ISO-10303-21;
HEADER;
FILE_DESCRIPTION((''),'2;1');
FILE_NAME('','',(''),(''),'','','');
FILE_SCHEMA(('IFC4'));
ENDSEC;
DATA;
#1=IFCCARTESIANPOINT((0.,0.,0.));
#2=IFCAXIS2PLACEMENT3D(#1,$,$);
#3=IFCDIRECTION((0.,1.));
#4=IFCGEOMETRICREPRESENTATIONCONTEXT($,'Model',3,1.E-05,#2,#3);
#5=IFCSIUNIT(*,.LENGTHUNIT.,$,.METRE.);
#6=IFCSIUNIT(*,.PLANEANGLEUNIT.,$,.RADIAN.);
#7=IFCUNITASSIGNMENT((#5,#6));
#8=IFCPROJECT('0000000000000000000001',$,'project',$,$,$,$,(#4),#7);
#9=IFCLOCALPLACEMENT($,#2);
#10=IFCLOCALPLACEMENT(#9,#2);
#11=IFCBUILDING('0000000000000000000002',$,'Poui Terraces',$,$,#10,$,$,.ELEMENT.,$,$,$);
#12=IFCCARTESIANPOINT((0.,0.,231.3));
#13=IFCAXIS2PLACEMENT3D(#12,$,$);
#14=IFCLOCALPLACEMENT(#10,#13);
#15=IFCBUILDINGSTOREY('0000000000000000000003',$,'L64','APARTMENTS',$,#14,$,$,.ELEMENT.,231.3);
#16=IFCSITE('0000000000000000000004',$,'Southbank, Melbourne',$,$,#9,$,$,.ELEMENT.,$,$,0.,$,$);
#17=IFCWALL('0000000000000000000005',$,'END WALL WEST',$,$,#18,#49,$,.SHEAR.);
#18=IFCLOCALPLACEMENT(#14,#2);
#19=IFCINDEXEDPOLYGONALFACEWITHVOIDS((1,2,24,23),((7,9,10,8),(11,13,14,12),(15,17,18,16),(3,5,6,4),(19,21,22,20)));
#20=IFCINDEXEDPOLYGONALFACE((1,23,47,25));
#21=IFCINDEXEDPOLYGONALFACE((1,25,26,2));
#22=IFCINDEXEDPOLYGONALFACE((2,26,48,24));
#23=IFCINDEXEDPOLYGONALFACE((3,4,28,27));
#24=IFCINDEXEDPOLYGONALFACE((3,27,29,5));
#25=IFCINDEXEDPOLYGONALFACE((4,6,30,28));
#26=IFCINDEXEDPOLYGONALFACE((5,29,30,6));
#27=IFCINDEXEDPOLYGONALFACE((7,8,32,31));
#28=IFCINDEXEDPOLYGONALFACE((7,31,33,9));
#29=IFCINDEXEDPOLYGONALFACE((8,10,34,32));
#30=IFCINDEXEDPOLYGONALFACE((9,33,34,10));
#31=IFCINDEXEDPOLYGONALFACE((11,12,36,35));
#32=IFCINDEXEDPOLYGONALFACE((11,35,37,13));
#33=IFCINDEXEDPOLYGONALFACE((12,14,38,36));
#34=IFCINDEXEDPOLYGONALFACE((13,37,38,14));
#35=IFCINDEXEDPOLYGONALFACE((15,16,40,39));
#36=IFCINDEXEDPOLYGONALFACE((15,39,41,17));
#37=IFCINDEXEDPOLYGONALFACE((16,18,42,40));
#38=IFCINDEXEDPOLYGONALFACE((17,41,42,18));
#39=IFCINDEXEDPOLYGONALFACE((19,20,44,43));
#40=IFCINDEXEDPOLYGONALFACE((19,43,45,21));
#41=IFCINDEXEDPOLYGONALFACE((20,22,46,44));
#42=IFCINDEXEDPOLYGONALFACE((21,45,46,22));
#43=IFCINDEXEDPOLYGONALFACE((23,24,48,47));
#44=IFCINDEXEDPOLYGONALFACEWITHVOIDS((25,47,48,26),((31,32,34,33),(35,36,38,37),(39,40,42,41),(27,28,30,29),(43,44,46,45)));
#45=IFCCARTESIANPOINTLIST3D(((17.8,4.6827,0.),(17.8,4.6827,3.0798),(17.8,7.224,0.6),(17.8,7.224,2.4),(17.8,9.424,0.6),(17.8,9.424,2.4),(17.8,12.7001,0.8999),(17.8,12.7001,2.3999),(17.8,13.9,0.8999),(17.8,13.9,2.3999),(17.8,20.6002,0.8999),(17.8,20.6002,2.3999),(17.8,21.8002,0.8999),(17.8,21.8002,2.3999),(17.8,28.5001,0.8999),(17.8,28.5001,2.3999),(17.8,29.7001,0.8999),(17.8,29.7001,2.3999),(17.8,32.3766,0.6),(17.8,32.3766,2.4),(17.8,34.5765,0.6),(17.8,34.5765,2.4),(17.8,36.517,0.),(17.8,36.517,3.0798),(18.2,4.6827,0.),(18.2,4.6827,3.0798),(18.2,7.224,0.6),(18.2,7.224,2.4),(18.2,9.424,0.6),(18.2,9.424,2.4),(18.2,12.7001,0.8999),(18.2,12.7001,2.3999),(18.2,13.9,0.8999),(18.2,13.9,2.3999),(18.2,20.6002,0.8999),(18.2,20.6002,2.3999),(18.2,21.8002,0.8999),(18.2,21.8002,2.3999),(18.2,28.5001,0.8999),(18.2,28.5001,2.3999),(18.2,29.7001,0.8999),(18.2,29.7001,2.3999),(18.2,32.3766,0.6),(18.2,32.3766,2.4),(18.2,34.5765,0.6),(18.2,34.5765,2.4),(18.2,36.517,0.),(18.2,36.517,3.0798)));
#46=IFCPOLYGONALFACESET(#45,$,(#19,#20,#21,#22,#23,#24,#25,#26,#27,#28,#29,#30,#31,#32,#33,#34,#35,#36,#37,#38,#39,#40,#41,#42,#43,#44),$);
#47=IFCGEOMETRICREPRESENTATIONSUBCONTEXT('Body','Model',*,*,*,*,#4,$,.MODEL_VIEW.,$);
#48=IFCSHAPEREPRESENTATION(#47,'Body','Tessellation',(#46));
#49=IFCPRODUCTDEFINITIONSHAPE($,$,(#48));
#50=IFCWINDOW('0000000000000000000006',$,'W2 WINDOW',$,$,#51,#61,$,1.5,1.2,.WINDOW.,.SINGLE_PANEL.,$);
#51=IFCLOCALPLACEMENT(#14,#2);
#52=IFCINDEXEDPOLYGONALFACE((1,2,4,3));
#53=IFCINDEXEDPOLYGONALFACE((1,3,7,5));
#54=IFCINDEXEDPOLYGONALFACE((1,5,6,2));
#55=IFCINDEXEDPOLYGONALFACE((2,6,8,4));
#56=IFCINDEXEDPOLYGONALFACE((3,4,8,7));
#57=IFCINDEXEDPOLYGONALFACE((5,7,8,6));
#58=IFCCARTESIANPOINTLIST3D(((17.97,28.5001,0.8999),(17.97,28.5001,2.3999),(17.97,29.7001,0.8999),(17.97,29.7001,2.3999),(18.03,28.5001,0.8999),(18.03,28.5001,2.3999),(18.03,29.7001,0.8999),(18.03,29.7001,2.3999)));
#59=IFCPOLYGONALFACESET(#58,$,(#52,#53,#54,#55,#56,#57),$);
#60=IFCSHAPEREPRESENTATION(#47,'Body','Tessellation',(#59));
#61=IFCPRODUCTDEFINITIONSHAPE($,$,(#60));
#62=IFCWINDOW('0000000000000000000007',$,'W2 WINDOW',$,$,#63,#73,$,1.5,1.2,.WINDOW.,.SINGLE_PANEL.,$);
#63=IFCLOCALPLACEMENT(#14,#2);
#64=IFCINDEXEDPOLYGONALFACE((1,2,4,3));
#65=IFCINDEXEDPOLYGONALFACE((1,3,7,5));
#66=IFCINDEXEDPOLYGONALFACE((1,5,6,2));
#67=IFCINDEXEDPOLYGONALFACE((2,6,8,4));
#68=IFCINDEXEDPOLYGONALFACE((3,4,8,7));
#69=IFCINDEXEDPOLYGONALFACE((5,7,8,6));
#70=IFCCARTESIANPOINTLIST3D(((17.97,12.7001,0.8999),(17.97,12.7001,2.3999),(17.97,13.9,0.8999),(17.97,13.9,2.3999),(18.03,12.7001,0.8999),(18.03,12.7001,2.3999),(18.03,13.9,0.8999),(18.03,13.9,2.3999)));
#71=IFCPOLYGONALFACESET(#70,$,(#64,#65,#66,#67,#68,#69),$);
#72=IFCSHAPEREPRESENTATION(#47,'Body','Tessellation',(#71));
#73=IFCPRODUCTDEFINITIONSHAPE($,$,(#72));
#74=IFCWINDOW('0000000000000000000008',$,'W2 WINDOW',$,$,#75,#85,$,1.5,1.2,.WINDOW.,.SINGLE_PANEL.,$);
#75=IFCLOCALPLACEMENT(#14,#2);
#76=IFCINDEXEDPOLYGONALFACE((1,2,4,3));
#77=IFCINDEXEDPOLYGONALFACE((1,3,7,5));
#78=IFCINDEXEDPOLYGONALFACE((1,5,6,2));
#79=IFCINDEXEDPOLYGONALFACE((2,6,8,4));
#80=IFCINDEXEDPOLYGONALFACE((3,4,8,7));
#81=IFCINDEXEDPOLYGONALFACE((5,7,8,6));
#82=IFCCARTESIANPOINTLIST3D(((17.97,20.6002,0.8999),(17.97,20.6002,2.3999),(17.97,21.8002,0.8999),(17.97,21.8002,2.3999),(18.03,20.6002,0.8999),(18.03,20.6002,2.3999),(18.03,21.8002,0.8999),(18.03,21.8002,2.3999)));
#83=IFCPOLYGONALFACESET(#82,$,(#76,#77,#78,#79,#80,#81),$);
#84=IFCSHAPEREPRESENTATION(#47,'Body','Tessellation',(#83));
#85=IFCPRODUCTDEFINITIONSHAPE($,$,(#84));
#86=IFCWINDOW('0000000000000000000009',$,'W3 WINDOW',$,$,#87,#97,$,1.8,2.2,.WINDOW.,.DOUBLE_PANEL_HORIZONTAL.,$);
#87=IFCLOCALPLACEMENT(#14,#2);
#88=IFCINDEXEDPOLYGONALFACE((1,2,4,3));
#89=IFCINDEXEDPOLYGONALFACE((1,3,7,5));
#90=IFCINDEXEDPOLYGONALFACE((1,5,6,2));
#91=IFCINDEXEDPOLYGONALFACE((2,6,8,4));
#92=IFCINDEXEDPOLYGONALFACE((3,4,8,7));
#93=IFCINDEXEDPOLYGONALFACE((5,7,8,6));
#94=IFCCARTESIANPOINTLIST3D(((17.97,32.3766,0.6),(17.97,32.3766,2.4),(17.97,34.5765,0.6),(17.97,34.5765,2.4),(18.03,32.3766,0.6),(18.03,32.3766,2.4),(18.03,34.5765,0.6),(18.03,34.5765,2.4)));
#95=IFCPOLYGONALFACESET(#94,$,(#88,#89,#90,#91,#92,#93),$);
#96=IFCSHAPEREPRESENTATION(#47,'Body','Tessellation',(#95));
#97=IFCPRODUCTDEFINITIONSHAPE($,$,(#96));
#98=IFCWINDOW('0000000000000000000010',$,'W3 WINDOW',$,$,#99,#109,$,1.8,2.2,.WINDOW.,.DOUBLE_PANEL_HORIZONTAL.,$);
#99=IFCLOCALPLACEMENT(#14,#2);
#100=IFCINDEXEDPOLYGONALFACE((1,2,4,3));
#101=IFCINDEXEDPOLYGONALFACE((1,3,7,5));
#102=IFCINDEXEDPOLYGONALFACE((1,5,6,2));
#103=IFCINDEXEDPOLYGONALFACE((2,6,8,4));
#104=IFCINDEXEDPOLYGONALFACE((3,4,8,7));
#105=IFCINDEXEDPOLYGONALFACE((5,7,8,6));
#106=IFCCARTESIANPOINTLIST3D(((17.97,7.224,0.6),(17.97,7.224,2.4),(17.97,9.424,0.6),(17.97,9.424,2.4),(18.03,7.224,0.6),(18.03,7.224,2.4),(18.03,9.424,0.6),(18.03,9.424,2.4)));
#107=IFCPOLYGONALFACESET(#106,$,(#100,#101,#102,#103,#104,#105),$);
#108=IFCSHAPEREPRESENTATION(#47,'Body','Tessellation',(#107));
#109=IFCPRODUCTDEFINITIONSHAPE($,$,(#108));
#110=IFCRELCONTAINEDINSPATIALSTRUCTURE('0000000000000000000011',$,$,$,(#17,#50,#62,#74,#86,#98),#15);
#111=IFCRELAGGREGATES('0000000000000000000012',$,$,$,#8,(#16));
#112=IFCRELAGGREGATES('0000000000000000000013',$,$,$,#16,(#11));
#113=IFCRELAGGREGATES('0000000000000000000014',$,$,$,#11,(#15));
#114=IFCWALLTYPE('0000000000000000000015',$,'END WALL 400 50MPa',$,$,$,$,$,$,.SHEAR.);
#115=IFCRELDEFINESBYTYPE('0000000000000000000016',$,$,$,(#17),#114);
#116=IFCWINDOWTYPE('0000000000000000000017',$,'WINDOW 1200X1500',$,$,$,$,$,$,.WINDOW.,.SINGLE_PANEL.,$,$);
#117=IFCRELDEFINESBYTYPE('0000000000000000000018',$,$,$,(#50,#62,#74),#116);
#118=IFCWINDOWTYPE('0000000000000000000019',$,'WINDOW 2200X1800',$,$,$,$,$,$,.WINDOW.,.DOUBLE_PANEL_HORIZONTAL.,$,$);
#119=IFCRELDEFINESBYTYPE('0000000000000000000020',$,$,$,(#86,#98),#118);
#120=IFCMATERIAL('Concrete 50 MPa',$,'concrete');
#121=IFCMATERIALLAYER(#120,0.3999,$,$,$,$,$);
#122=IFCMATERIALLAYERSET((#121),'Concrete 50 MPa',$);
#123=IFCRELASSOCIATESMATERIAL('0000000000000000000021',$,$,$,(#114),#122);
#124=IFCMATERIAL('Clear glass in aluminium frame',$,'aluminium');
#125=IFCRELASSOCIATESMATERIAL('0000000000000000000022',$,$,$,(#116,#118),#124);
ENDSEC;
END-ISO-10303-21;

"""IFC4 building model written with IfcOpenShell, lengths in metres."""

from ifc_helpers import new_model, si_unit, direction, frame, frame_2d, origin, place, context, subcontext, project, spatial, rectangle, extrude, material, layer, layer_set, type_object, element, fill, save


model = new_model("IFC4")

# Units and contexts
model_context = context("Model", 3, precision=1e-05, world=origin(), true_north=direction((0.0, 1.0)))
body_context = subcontext(model_context, "Body", "Model", "MODEL_VIEW")
ifc_project = project(units=[si_unit("LENGTHUNIT", "METRE"), si_unit("PLANEANGLEUNIT", "RADIAN")], contexts=[model_context])

# Site, building, storey
site_placement = place(None, origin())
site = spatial("IfcSite", under=ifc_project, at=site_placement, Name="Southbank, Melbourne", CompositionType="ELEMENT", RefElevation=0.0)
building_placement = place(site_placement, origin())
building = spatial("IfcBuilding", under=site, at=building_placement, Name="Poui Terraces", CompositionType="ELEMENT")
storey_placement = place(building_placement, frame((0.0, 0.0, 231.3)))
storey = spatial("IfcBuildingStorey", under=building, at=storey_placement, Name="L64", Description="APARTMENTS", CompositionType="ELEMENT", Elevation=231.3)

# Shared definitions
ifc_material_1 = material(Name="Concrete 50 MPa", Category="concrete")

# Wall, openings, windows
ifc_layer_1 = layer(ifc_material_1, 0.3999)
ifc_layer_set_1 = layer_set([ifc_layer_1], Name="Concrete 50 MPa")
wall_type_1 = type_object("IfcWallType", Name="END WALL 400 50MPa", PredefinedType="SHEAR", material=ifc_layer_set_1)
wall_1_placement = place(storey_placement, frame((18.0, 4.6829, 0.0), z_axis=(0.0, 0.0, 1.0), x_axis=(0.0, 1.0, 0.0)))
wall_1 = element("IfcWall", 1, at=wall_1_placement, inside=storey, type_object=wall_type_1, Name="END WALL WEST", PredefinedType="SHEAR", context=body_context, shape_type="SweptSolid", body=[
    extrude(rectangle(XDim=31.8342, YDim=0.3999, at=frame_2d((15.917, 0.0))), origin(), (0.0, 0.0, 1.0), 3.0798),
])
opening_1_placement = place(wall_1_placement, frame((23.8171, 0.0, 0.8999)))
opening_1 = element("IfcOpeningElement", 2, at=opening_1_placement, cuts=wall_1, PredefinedType="OPENING", context=body_context, shape_type="SweptSolid", body=[
    extrude(rectangle(XDim=1.2, YDim=1.5, at=frame_2d((0.6001, 0.75))), frame((0.0, 0.21, 0.0), z_axis=(0.0, -1.0, 0.0), x_axis=(1.0, 0.0, 0.0)), (0.0, 0.0, 1.0), 0.4199),
])
opening_2_placement = place(wall_1_placement, frame((8.0171, 0.0, 0.8999)))
opening_2 = element("IfcOpeningElement", 3, at=opening_2_placement, cuts=wall_1, PredefinedType="OPENING", context=body_context, shape_type="SweptSolid", body=[
    extrude(rectangle(XDim=1.2, YDim=1.5, at=frame_2d((0.6001, 0.75))), frame((0.0, 0.21, 0.0), z_axis=(0.0, -1.0, 0.0), x_axis=(1.0, 0.0, 0.0)), (0.0, 0.0, 1.0), 0.4199),
])
opening_3_placement = place(wall_1_placement, frame((27.6936, 0.0, 0.6001)))
opening_3 = element("IfcOpeningElement", 4, at=opening_3_placement, cuts=wall_1, PredefinedType="OPENING", context=body_context, shape_type="SweptSolid", body=[
    extrude(rectangle(XDim=2.2, YDim=1.8, at=frame_2d((1.1001, 0.8999))), frame((0.0, 0.21, 0.0), z_axis=(0.0, -1.0, 0.0), x_axis=(1.0, 0.0, 0.0)), (0.0, 0.0, 1.0), 0.4199),
])
opening_4_placement = place(wall_1_placement, frame((2.541, 0.0, 0.6001)))
opening_4 = element("IfcOpeningElement", 5, at=opening_4_placement, cuts=wall_1, PredefinedType="OPENING", context=body_context, shape_type="SweptSolid", body=[
    extrude(rectangle(XDim=2.2, YDim=1.8, at=frame_2d((1.1001, 0.8999))), frame((0.0, 0.21, 0.0), z_axis=(0.0, -1.0, 0.0), x_axis=(1.0, 0.0, 0.0)), (0.0, 0.0, 1.0), 0.4199),
])
opening_5_placement = place(wall_1_placement, frame((15.9172, 0.0, 0.8999)))
opening_5 = element("IfcOpeningElement", 6, at=opening_5_placement, cuts=wall_1, PredefinedType="OPENING", context=body_context, shape_type="SweptSolid", body=[
    extrude(rectangle(XDim=1.2, YDim=1.5, at=frame_2d((0.6001, 0.75))), frame((0.0, 0.21, 0.0), z_axis=(0.0, -1.0, 0.0), x_axis=(1.0, 0.0, 0.0)), (0.0, 0.0, 1.0), 0.4199),
])
ifc_material_2 = material(Name="Clear glass in aluminium frame", Category="aluminium")
window_type_1 = type_object("IfcWindowType", Name="WINDOW 1200X1500", PartitioningType="SINGLE_PANEL", PredefinedType="WINDOW", material=ifc_material_2)
window_1_placement = place(opening_1_placement, origin())
window_1 = element("IfcWindow", 7, at=window_1_placement, inside=storey, type_object=window_type_1, Name="W2 WINDOW", OverallHeight=1.5, OverallWidth=1.2, PartitioningType="SINGLE_PANEL", PredefinedType="WINDOW", context=body_context, shape_type="SweptSolid", body=[
    extrude(rectangle(XDim=1.2, YDim=1.5, at=frame_2d((0.6001, 0.75))), frame((0.0, 0.03, 0.0), z_axis=(0.0, -1.0, 0.0), x_axis=(1.0, 0.0, 0.0)), (0.0, 0.0, 1.0), 0.0601),
])
fill(opening_1, window_1)
window_2_placement = place(opening_2_placement, origin())
window_2 = element("IfcWindow", 8, at=window_2_placement, inside=storey, type_object=window_type_1, Name="W2 WINDOW", OverallHeight=1.5, OverallWidth=1.2, PartitioningType="SINGLE_PANEL", PredefinedType="WINDOW", context=body_context, shape_type="SweptSolid", body=[
    extrude(rectangle(XDim=1.2, YDim=1.5, at=frame_2d((0.6001, 0.75))), frame((0.0, 0.03, 0.0), z_axis=(0.0, -1.0, 0.0), x_axis=(1.0, 0.0, 0.0)), (0.0, 0.0, 1.0), 0.0601),
])
fill(opening_2, window_2)
window_3_placement = place(opening_5_placement, origin())
window_3 = element("IfcWindow", 9, at=window_3_placement, inside=storey, type_object=window_type_1, Name="W2 WINDOW", OverallHeight=1.5, OverallWidth=1.2, PartitioningType="SINGLE_PANEL", PredefinedType="WINDOW", context=body_context, shape_type="SweptSolid", body=[
    extrude(rectangle(XDim=1.2, YDim=1.5, at=frame_2d((0.6001, 0.75))), frame((0.0, 0.03, 0.0), z_axis=(0.0, -1.0, 0.0), x_axis=(1.0, 0.0, 0.0)), (0.0, 0.0, 1.0), 0.0601),
])
fill(opening_5, window_3)
window_type_2 = type_object("IfcWindowType", Name="WINDOW 2200X1800", PartitioningType="DOUBLE_PANEL_HORIZONTAL", PredefinedType="WINDOW", material=ifc_material_2)
window_4_placement = place(opening_3_placement, origin())
window_4 = element("IfcWindow", 10, at=window_4_placement, inside=storey, type_object=window_type_2, Name="W3 WINDOW", OverallHeight=1.8, OverallWidth=2.2, PartitioningType="DOUBLE_PANEL_HORIZONTAL", PredefinedType="WINDOW", context=body_context, shape_type="SweptSolid", body=[
    extrude(rectangle(XDim=2.2, YDim=1.8, at=frame_2d((1.1001, 0.8999))), frame((0.0, 0.03, 0.0), z_axis=(0.0, -1.0, 0.0), x_axis=(1.0, 0.0, 0.0)), (0.0, 0.0, 1.0), 0.0601),
])
fill(opening_3, window_4)
window_5_placement = place(opening_4_placement, origin())
window_5 = element("IfcWindow", 11, at=window_5_placement, inside=storey, type_object=window_type_2, Name="W3 WINDOW", OverallHeight=1.8, OverallWidth=2.2, PartitioningType="DOUBLE_PANEL_HORIZONTAL", PredefinedType="WINDOW", context=body_context, shape_type="SweptSolid", body=[
    extrude(rectangle(XDim=2.2, YDim=1.8, at=frame_2d((1.1001, 0.8999))), frame((0.0, 0.03, 0.0), z_axis=(0.0, -1.0, 0.0), x_axis=(1.0, 0.0, 0.0)), (0.0, 0.0, 1.0), 0.0601),
])
fill(opening_4, window_5)

save(model, "model.ifc")
